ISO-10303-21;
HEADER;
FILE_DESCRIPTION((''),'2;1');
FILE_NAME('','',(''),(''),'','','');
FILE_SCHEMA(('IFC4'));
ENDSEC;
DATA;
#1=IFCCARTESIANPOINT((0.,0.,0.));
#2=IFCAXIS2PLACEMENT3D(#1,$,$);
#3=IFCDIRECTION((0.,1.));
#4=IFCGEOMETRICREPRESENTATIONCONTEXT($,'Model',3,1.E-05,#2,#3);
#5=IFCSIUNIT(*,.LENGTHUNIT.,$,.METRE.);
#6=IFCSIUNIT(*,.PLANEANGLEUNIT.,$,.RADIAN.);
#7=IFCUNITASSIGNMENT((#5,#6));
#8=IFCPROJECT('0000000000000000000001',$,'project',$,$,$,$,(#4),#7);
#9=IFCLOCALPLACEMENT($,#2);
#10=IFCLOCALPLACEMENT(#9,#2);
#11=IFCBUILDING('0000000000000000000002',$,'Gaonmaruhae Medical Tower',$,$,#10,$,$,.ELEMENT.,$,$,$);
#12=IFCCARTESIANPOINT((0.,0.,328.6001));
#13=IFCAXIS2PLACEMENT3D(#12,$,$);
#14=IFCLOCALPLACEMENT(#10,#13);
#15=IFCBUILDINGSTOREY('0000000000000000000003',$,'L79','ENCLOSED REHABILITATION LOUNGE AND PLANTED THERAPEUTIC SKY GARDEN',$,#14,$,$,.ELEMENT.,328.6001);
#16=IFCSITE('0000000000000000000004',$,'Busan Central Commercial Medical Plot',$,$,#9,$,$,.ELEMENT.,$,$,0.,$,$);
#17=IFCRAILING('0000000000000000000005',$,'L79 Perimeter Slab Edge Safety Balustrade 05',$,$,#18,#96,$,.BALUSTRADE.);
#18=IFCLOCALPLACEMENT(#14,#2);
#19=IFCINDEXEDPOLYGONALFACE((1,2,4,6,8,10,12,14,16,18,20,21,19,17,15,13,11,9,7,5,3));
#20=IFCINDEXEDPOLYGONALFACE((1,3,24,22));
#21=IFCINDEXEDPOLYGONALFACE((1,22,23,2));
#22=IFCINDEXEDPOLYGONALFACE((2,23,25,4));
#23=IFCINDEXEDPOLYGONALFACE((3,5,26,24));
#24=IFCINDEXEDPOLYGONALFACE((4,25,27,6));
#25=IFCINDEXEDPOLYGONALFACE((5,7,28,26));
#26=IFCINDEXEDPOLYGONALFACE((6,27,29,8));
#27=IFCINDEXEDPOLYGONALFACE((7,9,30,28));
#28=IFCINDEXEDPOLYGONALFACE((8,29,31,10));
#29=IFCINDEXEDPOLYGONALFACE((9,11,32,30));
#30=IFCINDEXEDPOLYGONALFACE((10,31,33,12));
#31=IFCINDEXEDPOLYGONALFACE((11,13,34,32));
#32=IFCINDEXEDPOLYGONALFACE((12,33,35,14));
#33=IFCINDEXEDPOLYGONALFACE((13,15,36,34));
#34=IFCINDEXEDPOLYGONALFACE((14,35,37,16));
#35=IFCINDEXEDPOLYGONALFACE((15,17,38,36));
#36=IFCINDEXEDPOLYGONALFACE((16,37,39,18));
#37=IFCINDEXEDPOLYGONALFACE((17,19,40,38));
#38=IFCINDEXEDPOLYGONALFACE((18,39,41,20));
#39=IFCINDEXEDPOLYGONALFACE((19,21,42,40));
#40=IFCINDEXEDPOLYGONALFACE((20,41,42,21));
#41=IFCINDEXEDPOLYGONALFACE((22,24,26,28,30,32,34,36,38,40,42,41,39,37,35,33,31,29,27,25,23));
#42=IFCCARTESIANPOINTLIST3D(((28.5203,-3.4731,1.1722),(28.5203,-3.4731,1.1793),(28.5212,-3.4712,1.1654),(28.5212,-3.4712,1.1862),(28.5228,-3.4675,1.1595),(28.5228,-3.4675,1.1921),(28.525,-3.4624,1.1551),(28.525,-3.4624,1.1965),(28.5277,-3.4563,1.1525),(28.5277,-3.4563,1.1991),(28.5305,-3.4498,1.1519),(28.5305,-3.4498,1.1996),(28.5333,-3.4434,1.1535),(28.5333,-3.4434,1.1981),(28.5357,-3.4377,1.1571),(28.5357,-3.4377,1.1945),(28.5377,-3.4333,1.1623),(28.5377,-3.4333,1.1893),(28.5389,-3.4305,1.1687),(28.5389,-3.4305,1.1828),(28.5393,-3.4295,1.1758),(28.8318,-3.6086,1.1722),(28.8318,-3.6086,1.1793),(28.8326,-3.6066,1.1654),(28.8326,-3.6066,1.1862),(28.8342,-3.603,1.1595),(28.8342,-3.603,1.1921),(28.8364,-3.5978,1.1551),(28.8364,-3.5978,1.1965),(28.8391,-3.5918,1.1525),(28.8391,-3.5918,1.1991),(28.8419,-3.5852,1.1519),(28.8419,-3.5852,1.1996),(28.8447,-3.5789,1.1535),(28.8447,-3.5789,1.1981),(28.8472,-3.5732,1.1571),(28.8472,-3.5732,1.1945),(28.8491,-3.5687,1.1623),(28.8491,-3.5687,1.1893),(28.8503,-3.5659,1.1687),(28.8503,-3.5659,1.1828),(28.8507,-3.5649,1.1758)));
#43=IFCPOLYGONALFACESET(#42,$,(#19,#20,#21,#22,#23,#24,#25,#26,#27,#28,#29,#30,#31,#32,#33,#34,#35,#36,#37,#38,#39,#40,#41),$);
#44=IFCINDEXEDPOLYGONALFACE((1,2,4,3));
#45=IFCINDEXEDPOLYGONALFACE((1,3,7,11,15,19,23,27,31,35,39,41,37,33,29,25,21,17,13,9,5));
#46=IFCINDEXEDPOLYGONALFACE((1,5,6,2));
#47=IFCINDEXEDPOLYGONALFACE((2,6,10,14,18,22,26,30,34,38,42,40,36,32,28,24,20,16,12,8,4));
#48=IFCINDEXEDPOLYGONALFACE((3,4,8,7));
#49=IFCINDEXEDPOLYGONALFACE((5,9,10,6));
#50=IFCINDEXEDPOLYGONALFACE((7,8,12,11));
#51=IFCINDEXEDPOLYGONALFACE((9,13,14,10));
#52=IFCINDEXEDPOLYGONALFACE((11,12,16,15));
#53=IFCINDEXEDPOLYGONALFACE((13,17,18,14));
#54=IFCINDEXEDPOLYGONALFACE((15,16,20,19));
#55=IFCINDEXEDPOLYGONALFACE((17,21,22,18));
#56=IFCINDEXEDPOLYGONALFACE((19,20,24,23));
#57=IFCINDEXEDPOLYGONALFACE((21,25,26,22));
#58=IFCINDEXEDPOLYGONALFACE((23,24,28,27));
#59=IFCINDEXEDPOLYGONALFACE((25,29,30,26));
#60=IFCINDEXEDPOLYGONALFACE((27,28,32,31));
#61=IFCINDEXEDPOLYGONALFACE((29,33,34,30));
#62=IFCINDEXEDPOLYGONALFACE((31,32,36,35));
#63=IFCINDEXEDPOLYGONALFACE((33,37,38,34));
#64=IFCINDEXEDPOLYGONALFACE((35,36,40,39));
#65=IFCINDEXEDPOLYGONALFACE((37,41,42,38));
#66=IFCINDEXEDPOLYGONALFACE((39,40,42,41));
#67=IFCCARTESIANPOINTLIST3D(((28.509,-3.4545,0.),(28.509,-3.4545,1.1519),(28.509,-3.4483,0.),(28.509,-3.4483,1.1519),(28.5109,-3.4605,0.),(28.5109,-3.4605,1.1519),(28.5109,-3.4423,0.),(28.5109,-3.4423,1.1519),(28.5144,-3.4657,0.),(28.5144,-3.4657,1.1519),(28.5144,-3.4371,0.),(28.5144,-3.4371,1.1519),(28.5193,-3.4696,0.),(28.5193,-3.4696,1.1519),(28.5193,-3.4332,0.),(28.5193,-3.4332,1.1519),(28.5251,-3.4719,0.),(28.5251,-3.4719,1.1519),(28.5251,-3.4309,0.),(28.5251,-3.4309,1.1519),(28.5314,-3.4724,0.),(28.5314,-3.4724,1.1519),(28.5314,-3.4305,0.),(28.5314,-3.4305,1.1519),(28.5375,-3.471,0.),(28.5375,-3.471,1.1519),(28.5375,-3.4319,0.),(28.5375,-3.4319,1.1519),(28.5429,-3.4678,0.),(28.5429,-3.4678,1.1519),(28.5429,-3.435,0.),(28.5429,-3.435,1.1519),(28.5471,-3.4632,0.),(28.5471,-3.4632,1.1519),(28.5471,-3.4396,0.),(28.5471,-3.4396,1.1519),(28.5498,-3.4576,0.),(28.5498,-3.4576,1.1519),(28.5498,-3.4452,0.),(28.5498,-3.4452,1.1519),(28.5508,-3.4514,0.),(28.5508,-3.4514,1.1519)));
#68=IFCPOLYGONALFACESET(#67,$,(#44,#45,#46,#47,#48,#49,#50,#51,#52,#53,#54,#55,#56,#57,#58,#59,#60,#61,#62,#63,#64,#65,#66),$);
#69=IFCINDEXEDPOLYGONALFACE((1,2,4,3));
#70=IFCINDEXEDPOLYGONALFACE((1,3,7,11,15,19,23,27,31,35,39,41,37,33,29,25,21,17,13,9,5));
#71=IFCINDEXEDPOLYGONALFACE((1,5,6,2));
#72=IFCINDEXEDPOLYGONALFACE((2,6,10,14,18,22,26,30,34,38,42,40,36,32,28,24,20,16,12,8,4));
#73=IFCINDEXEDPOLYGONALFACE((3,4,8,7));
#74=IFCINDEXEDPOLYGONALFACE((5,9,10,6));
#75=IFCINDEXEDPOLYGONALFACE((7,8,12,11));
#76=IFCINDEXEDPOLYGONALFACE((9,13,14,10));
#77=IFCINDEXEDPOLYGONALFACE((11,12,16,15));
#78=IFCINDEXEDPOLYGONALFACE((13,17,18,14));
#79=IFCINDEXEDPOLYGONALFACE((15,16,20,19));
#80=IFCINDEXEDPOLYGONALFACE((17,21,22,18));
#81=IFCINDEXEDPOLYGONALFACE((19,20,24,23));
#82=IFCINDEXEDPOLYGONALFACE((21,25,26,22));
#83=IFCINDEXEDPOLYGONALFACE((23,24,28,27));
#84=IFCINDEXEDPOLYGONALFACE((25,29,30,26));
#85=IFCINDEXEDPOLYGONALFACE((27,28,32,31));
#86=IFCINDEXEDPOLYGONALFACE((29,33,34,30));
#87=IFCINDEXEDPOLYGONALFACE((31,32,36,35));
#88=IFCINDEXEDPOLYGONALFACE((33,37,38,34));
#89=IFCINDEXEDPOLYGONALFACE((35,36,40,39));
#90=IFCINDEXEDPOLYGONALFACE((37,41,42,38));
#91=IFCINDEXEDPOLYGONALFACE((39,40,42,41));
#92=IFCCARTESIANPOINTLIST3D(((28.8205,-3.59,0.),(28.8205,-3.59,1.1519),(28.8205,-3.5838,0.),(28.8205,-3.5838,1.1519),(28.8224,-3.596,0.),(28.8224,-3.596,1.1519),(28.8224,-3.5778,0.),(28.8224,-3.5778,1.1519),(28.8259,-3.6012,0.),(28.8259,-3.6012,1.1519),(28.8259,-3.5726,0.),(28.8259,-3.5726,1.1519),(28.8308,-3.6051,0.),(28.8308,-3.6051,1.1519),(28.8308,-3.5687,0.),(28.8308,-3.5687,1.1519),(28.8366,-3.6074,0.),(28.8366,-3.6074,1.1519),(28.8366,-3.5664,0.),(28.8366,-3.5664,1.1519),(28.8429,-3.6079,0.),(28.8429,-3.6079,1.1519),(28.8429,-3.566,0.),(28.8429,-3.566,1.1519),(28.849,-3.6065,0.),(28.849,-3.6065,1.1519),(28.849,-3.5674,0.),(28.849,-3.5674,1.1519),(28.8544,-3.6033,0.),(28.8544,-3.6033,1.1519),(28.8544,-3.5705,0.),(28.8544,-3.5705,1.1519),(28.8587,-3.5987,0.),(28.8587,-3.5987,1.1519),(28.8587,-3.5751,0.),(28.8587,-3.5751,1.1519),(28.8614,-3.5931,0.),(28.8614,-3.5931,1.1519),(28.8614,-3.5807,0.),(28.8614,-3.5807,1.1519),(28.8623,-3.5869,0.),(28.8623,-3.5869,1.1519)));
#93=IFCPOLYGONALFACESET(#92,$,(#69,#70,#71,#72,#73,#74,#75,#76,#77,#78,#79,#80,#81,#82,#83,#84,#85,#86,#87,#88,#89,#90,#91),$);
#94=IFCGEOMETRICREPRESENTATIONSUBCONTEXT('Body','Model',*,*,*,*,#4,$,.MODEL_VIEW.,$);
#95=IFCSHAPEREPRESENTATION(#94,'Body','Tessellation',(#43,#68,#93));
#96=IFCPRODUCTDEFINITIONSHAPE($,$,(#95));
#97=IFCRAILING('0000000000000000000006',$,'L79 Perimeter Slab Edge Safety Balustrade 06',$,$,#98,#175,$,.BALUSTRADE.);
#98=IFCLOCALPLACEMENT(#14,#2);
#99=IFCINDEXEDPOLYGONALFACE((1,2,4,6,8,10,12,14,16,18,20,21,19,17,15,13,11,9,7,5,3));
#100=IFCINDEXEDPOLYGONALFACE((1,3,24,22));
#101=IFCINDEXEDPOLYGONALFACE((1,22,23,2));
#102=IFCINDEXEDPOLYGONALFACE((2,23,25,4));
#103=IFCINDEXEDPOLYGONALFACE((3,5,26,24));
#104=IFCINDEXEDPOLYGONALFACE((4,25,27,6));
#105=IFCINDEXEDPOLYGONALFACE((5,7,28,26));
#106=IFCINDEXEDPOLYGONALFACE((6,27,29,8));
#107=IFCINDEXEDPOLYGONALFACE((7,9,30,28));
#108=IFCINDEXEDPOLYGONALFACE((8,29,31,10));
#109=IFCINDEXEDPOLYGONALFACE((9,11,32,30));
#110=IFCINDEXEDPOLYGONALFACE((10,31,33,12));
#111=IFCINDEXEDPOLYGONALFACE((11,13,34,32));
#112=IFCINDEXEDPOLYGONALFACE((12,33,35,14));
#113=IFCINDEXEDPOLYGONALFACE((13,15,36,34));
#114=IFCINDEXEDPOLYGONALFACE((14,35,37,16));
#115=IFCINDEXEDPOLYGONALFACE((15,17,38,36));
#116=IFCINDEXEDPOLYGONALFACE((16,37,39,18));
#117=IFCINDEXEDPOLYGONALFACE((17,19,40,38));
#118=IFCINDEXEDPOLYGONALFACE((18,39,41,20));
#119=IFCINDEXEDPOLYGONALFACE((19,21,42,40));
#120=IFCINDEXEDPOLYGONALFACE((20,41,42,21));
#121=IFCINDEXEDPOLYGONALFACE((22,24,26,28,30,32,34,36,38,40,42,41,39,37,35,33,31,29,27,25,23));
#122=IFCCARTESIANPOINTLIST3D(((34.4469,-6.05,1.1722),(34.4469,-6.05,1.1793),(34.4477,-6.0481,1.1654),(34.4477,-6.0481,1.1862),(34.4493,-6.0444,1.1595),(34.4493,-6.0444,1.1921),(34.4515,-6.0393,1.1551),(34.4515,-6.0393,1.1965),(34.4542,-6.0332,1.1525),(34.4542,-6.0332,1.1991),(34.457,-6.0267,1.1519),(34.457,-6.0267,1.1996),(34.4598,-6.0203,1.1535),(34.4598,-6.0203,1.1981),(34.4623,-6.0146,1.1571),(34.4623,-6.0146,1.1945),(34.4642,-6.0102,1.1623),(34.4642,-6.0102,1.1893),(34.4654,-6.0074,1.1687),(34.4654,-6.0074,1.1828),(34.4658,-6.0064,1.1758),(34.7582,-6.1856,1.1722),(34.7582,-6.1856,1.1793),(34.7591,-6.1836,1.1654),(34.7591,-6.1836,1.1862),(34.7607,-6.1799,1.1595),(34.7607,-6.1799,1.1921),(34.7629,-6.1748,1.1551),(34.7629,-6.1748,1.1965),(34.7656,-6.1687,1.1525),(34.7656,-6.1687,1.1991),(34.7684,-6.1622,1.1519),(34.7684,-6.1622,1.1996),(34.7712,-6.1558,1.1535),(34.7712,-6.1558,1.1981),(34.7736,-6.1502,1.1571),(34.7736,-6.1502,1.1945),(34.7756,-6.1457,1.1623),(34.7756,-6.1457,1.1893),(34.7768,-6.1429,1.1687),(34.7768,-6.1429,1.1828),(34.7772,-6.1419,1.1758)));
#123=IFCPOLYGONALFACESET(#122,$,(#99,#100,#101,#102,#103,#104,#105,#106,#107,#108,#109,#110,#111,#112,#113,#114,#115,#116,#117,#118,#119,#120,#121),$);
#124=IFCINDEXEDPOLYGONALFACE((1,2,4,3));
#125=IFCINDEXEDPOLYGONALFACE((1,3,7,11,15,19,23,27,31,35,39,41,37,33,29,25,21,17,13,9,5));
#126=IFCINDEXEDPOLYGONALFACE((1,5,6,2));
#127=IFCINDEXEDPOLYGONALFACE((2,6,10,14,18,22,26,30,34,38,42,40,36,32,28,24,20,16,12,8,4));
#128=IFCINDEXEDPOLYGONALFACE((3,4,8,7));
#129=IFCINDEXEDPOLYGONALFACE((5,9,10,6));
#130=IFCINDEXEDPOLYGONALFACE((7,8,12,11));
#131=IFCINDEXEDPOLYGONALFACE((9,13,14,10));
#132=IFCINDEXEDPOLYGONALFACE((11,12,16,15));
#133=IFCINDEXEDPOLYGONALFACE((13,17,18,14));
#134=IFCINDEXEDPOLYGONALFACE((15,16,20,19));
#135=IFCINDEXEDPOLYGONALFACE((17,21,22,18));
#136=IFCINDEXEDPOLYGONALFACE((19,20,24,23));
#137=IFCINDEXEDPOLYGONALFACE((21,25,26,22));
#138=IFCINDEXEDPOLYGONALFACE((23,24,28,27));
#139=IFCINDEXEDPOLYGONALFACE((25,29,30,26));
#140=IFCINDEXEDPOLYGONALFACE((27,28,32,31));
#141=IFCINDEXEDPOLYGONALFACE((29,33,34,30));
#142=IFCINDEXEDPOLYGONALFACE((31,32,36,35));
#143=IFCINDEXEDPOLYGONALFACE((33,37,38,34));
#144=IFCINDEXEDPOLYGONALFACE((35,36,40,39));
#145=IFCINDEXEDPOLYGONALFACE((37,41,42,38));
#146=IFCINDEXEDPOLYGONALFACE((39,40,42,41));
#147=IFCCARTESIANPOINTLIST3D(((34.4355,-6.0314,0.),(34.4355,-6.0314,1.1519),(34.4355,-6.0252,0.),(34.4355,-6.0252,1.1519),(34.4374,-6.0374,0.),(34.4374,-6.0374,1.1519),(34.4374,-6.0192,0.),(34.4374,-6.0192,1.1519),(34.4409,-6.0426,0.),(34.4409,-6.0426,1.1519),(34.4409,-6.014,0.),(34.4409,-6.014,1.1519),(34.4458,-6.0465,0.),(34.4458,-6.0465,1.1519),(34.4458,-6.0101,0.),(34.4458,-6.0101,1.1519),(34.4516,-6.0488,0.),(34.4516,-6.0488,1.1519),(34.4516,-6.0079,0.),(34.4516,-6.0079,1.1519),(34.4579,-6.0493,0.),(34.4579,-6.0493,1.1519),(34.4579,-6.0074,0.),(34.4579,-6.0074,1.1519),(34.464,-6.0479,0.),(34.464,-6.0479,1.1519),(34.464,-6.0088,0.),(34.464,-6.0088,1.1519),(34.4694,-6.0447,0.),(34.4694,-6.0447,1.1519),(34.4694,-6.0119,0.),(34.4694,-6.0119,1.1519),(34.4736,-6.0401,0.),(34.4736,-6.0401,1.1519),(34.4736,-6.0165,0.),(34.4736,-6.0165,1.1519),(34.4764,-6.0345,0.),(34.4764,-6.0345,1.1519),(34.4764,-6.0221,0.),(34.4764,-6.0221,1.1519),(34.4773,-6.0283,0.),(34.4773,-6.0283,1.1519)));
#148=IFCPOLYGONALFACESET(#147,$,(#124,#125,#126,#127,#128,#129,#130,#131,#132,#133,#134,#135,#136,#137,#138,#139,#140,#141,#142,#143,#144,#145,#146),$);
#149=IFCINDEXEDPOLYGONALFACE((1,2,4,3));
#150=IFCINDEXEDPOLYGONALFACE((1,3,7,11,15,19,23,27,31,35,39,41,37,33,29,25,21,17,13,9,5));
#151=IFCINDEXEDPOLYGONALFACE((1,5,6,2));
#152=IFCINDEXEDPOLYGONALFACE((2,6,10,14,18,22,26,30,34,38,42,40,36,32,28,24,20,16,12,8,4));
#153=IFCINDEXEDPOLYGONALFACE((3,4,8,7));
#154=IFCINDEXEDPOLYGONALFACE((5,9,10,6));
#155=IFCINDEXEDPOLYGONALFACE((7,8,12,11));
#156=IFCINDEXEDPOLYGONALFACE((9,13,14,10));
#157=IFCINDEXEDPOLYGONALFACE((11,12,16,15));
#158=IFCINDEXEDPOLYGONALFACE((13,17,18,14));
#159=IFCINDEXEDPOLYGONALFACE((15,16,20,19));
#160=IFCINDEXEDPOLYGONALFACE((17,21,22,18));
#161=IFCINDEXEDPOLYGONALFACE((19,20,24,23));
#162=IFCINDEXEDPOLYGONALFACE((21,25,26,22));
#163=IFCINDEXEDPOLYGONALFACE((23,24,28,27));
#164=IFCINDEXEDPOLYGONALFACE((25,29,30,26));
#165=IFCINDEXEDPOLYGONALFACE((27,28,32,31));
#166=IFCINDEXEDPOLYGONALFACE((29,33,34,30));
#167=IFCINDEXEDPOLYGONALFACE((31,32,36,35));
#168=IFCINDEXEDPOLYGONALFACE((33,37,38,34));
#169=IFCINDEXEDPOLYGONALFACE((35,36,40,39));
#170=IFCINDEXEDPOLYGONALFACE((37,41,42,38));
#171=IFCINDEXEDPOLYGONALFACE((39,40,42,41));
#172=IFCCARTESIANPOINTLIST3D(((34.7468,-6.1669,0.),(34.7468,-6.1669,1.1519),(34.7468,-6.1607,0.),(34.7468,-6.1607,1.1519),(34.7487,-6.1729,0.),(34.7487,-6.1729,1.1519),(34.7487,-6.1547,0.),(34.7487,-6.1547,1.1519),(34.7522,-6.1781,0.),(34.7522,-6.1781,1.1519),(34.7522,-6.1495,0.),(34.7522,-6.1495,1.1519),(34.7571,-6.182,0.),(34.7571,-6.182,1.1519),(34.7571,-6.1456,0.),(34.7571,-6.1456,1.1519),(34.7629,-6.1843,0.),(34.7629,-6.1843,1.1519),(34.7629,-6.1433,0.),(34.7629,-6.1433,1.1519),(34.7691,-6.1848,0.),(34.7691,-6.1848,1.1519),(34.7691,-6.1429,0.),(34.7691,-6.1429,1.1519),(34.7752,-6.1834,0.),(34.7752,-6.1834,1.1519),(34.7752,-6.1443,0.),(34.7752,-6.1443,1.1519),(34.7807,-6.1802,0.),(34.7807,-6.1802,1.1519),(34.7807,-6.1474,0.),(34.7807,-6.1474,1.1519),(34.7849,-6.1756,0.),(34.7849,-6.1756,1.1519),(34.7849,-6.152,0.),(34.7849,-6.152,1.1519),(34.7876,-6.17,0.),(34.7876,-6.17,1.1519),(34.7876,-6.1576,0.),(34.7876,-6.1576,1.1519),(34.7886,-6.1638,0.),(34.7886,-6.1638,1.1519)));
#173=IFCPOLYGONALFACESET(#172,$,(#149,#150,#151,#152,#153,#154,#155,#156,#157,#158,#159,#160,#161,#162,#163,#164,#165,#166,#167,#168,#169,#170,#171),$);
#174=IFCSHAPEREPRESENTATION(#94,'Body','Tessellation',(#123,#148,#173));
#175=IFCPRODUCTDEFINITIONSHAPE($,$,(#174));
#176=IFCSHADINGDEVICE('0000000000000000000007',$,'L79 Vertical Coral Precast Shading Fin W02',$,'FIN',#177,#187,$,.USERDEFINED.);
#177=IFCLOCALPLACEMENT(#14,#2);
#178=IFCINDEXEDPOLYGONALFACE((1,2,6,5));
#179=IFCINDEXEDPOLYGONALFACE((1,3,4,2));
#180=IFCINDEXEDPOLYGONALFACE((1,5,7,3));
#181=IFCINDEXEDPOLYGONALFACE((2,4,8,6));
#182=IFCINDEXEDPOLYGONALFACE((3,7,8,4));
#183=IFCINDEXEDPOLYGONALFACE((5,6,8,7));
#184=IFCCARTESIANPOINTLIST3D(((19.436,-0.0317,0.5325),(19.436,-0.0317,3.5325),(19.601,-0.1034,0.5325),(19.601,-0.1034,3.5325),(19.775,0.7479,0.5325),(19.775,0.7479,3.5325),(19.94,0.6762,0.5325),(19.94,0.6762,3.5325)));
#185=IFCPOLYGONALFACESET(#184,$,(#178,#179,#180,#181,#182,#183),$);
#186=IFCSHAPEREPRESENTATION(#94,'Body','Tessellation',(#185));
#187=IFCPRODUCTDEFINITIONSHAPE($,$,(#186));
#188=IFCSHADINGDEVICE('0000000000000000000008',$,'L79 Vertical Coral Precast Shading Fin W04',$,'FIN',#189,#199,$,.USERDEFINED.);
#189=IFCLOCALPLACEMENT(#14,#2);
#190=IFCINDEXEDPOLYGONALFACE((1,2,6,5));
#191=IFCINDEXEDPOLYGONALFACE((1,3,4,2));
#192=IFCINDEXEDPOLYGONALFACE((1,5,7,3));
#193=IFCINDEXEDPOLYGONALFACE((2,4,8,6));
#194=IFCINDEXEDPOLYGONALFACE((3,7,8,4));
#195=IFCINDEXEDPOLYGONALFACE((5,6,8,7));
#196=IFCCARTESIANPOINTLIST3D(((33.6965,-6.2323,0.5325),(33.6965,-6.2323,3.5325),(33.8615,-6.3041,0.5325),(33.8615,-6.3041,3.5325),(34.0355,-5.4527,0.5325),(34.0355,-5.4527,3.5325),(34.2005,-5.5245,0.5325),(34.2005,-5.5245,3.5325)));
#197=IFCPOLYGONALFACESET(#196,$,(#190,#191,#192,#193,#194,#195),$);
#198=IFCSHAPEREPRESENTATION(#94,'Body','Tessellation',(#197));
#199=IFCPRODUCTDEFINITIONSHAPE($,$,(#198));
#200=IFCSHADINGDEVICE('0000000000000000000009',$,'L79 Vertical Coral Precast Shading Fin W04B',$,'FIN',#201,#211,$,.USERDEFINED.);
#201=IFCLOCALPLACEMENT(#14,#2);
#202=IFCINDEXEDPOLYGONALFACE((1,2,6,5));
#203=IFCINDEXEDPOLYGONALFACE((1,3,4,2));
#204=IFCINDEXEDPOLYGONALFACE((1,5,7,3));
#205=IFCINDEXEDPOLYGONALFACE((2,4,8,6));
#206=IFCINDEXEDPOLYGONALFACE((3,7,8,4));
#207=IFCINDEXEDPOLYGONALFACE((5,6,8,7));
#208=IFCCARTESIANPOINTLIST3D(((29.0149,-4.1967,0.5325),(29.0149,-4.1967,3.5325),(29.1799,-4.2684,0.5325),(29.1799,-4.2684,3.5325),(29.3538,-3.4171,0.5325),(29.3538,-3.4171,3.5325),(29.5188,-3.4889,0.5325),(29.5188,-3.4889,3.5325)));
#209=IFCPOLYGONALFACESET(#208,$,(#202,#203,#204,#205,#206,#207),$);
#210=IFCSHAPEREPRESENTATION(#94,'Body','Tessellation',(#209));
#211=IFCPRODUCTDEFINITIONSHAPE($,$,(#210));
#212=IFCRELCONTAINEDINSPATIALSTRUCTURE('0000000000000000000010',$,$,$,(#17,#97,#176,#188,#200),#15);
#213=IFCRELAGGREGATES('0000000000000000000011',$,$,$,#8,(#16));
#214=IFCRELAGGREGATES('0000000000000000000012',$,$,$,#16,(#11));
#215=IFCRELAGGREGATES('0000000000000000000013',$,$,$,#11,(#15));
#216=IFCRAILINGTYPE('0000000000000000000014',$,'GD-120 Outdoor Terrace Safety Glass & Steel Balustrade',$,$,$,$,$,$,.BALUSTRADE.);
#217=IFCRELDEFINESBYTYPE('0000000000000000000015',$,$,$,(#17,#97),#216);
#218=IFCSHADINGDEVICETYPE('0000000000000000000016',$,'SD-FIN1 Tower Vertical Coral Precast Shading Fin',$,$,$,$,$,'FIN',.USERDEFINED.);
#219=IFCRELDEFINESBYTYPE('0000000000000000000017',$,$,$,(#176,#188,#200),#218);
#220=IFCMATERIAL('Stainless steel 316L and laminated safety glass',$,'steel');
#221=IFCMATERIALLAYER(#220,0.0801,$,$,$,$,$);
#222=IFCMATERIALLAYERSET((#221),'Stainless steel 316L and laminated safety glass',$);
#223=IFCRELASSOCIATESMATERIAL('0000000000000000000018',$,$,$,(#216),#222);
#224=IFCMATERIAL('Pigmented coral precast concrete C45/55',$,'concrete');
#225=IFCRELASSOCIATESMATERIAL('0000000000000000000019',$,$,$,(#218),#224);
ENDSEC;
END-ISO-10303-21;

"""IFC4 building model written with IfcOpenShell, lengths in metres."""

from ifc_helpers import new_model, si_unit, direction, frame, origin, origin_2d, place, context, subcontext, project, spatial, rectangle, circle, extrude, material, layer, layer_set, type_object, element, save


model = new_model("IFC4")

# Units and contexts
model_context = context("Model", 3, precision=1e-05, world=origin(), true_north=direction((0.0, 1.0)))
body_context = subcontext(model_context, "Body", "Model", "MODEL_VIEW")
ifc_project = project(units=[si_unit("LENGTHUNIT", "METRE"), si_unit("PLANEANGLEUNIT", "RADIAN")], contexts=[model_context])

# Site, building, storey
site_placement = place(None, origin())
site = spatial("IfcSite", under=ifc_project, at=site_placement, Name="Busan Central Commercial Medical Plot", CompositionType="ELEMENT", RefElevation=0.0)
building_placement = place(site_placement, origin())
building = spatial("IfcBuilding", under=site, at=building_placement, Name="Gaonmaruhae Medical Tower", CompositionType="ELEMENT")
storey_placement = place(building_placement, frame((0.0, 0.0, 328.6001)))
storey = spatial("IfcBuildingStorey", under=building, at=storey_placement, Name="L79", Description="ENCLOSED REHABILITATION LOUNGE AND PLANTED THERAPEUTIC SKY GARDEN", CompositionType="ELEMENT", Elevation=328.6001)

# Railings
ifc_material_1 = material(Name="Stainless steel 316L and laminated safety glass", Category="steel")
ifc_layer_1 = layer(ifc_material_1, 0.0801)
ifc_layer_set_1 = layer_set([ifc_layer_1], Name="Stainless steel 316L and laminated safety glass")
railing_type = type_object("IfcRailingType", Name="GD-120 Outdoor Terrace Safety Glass & Steel Balustrade", PredefinedType="BALUSTRADE", material=ifc_layer_set_1)
railing_1_placement = place(storey_placement, frame((28.5298, -3.4514, 0.0)))
element("IfcRailing", 1, at=railing_1_placement, inside=storey, type_object=railing_type, Name="L79 Perimeter Slab Edge Safety Balustrade 05", PredefinedType="BALUSTRADE", context=body_context, shape_type="SweptSolid", body=[
    extrude(circle(Radius=0.0239, at=origin_2d()), frame((0.0, 0.0, 1.1758), z_axis=(0.917013, -0.398858, 0.0), x_axis=(0.398858, 0.917013, 0.0)), (0.0, 0.0, 1.0), 0.3396),
    extrude(circle(Radius=0.021, at=origin_2d()), origin(), (0.0, 0.0, 1.0), 1.1519),
    extrude(circle(Radius=0.021, at=origin_2d()), frame((0.3115, -0.1355, 0.0)), (0.0, 0.0, 1.0), 1.1519),
])
railing_2_placement = place(storey_placement, frame((34.4563, -6.0283, 0.0)))
element("IfcRailing", 2, at=railing_2_placement, inside=storey, type_object=railing_type, Name="L79 Perimeter Slab Edge Safety Balustrade 06", PredefinedType="BALUSTRADE", context=body_context, shape_type="SweptSolid", body=[
    extrude(circle(Radius=0.0239, at=origin_2d()), frame((0.0, 0.0, 1.1758), z_axis=(0.916898, -0.399121, 0.0), x_axis=(0.399121, 0.916898, 0.0)), (0.0, 0.0, 1.0), 0.3396),
    extrude(circle(Radius=0.021, at=origin_2d()), origin(), (0.0, 0.0, 1.0), 1.1519),
    extrude(circle(Radius=0.021, at=origin_2d()), frame((0.3113, -0.1355, 0.0)), (0.0, 0.0, 1.0), 1.1519),
])

# Shading devices
ifc_material_2 = material(Name="Pigmented coral precast concrete C45/55", Category="concrete")
shading_device_type = type_object("IfcShadingDeviceType", Name="SD-FIN1 Tower Vertical Coral Precast Shading Fin", ElementType="FIN", PredefinedType="USERDEFINED", material=ifc_material_2)
for number, where, z_axis, x_axis, name in (
    (3, (19.688, 0.3223, 0.5325), (0.0, 0.0, 1.0), (-0.91706, 0.398749, 0.0), "L79 Vertical Coral Precast Shading Fin W02"),
    (4, (33.9485, -5.8784, 0.5325), (0.0, 0.0, 1.0), (-0.91706, 0.398749, 0.0), "L79 Vertical Coral Precast Shading Fin W04"),
    (5, (29.2668, -3.8428, 0.5325), (0.0, 0.0, 1.0), (-0.91706, 0.398749, 0.0), "L79 Vertical Coral Precast Shading Fin W04B"),
):
    element("IfcShadingDevice", number, at=place(storey_placement, frame(where, z_axis=z_axis, x_axis=x_axis)), inside=storey, type_object=shading_device_type, Name=name, ObjectType="FIN", PredefinedType="USERDEFINED", context=body_context, shape_type="SweptSolid", body=[
        extrude(rectangle(XDim=0.1799, YDim=0.8501, at=origin_2d()), origin(), (0.0, 0.0, 1.0), 3.0),
    ])

save(model, "model.ifc")
